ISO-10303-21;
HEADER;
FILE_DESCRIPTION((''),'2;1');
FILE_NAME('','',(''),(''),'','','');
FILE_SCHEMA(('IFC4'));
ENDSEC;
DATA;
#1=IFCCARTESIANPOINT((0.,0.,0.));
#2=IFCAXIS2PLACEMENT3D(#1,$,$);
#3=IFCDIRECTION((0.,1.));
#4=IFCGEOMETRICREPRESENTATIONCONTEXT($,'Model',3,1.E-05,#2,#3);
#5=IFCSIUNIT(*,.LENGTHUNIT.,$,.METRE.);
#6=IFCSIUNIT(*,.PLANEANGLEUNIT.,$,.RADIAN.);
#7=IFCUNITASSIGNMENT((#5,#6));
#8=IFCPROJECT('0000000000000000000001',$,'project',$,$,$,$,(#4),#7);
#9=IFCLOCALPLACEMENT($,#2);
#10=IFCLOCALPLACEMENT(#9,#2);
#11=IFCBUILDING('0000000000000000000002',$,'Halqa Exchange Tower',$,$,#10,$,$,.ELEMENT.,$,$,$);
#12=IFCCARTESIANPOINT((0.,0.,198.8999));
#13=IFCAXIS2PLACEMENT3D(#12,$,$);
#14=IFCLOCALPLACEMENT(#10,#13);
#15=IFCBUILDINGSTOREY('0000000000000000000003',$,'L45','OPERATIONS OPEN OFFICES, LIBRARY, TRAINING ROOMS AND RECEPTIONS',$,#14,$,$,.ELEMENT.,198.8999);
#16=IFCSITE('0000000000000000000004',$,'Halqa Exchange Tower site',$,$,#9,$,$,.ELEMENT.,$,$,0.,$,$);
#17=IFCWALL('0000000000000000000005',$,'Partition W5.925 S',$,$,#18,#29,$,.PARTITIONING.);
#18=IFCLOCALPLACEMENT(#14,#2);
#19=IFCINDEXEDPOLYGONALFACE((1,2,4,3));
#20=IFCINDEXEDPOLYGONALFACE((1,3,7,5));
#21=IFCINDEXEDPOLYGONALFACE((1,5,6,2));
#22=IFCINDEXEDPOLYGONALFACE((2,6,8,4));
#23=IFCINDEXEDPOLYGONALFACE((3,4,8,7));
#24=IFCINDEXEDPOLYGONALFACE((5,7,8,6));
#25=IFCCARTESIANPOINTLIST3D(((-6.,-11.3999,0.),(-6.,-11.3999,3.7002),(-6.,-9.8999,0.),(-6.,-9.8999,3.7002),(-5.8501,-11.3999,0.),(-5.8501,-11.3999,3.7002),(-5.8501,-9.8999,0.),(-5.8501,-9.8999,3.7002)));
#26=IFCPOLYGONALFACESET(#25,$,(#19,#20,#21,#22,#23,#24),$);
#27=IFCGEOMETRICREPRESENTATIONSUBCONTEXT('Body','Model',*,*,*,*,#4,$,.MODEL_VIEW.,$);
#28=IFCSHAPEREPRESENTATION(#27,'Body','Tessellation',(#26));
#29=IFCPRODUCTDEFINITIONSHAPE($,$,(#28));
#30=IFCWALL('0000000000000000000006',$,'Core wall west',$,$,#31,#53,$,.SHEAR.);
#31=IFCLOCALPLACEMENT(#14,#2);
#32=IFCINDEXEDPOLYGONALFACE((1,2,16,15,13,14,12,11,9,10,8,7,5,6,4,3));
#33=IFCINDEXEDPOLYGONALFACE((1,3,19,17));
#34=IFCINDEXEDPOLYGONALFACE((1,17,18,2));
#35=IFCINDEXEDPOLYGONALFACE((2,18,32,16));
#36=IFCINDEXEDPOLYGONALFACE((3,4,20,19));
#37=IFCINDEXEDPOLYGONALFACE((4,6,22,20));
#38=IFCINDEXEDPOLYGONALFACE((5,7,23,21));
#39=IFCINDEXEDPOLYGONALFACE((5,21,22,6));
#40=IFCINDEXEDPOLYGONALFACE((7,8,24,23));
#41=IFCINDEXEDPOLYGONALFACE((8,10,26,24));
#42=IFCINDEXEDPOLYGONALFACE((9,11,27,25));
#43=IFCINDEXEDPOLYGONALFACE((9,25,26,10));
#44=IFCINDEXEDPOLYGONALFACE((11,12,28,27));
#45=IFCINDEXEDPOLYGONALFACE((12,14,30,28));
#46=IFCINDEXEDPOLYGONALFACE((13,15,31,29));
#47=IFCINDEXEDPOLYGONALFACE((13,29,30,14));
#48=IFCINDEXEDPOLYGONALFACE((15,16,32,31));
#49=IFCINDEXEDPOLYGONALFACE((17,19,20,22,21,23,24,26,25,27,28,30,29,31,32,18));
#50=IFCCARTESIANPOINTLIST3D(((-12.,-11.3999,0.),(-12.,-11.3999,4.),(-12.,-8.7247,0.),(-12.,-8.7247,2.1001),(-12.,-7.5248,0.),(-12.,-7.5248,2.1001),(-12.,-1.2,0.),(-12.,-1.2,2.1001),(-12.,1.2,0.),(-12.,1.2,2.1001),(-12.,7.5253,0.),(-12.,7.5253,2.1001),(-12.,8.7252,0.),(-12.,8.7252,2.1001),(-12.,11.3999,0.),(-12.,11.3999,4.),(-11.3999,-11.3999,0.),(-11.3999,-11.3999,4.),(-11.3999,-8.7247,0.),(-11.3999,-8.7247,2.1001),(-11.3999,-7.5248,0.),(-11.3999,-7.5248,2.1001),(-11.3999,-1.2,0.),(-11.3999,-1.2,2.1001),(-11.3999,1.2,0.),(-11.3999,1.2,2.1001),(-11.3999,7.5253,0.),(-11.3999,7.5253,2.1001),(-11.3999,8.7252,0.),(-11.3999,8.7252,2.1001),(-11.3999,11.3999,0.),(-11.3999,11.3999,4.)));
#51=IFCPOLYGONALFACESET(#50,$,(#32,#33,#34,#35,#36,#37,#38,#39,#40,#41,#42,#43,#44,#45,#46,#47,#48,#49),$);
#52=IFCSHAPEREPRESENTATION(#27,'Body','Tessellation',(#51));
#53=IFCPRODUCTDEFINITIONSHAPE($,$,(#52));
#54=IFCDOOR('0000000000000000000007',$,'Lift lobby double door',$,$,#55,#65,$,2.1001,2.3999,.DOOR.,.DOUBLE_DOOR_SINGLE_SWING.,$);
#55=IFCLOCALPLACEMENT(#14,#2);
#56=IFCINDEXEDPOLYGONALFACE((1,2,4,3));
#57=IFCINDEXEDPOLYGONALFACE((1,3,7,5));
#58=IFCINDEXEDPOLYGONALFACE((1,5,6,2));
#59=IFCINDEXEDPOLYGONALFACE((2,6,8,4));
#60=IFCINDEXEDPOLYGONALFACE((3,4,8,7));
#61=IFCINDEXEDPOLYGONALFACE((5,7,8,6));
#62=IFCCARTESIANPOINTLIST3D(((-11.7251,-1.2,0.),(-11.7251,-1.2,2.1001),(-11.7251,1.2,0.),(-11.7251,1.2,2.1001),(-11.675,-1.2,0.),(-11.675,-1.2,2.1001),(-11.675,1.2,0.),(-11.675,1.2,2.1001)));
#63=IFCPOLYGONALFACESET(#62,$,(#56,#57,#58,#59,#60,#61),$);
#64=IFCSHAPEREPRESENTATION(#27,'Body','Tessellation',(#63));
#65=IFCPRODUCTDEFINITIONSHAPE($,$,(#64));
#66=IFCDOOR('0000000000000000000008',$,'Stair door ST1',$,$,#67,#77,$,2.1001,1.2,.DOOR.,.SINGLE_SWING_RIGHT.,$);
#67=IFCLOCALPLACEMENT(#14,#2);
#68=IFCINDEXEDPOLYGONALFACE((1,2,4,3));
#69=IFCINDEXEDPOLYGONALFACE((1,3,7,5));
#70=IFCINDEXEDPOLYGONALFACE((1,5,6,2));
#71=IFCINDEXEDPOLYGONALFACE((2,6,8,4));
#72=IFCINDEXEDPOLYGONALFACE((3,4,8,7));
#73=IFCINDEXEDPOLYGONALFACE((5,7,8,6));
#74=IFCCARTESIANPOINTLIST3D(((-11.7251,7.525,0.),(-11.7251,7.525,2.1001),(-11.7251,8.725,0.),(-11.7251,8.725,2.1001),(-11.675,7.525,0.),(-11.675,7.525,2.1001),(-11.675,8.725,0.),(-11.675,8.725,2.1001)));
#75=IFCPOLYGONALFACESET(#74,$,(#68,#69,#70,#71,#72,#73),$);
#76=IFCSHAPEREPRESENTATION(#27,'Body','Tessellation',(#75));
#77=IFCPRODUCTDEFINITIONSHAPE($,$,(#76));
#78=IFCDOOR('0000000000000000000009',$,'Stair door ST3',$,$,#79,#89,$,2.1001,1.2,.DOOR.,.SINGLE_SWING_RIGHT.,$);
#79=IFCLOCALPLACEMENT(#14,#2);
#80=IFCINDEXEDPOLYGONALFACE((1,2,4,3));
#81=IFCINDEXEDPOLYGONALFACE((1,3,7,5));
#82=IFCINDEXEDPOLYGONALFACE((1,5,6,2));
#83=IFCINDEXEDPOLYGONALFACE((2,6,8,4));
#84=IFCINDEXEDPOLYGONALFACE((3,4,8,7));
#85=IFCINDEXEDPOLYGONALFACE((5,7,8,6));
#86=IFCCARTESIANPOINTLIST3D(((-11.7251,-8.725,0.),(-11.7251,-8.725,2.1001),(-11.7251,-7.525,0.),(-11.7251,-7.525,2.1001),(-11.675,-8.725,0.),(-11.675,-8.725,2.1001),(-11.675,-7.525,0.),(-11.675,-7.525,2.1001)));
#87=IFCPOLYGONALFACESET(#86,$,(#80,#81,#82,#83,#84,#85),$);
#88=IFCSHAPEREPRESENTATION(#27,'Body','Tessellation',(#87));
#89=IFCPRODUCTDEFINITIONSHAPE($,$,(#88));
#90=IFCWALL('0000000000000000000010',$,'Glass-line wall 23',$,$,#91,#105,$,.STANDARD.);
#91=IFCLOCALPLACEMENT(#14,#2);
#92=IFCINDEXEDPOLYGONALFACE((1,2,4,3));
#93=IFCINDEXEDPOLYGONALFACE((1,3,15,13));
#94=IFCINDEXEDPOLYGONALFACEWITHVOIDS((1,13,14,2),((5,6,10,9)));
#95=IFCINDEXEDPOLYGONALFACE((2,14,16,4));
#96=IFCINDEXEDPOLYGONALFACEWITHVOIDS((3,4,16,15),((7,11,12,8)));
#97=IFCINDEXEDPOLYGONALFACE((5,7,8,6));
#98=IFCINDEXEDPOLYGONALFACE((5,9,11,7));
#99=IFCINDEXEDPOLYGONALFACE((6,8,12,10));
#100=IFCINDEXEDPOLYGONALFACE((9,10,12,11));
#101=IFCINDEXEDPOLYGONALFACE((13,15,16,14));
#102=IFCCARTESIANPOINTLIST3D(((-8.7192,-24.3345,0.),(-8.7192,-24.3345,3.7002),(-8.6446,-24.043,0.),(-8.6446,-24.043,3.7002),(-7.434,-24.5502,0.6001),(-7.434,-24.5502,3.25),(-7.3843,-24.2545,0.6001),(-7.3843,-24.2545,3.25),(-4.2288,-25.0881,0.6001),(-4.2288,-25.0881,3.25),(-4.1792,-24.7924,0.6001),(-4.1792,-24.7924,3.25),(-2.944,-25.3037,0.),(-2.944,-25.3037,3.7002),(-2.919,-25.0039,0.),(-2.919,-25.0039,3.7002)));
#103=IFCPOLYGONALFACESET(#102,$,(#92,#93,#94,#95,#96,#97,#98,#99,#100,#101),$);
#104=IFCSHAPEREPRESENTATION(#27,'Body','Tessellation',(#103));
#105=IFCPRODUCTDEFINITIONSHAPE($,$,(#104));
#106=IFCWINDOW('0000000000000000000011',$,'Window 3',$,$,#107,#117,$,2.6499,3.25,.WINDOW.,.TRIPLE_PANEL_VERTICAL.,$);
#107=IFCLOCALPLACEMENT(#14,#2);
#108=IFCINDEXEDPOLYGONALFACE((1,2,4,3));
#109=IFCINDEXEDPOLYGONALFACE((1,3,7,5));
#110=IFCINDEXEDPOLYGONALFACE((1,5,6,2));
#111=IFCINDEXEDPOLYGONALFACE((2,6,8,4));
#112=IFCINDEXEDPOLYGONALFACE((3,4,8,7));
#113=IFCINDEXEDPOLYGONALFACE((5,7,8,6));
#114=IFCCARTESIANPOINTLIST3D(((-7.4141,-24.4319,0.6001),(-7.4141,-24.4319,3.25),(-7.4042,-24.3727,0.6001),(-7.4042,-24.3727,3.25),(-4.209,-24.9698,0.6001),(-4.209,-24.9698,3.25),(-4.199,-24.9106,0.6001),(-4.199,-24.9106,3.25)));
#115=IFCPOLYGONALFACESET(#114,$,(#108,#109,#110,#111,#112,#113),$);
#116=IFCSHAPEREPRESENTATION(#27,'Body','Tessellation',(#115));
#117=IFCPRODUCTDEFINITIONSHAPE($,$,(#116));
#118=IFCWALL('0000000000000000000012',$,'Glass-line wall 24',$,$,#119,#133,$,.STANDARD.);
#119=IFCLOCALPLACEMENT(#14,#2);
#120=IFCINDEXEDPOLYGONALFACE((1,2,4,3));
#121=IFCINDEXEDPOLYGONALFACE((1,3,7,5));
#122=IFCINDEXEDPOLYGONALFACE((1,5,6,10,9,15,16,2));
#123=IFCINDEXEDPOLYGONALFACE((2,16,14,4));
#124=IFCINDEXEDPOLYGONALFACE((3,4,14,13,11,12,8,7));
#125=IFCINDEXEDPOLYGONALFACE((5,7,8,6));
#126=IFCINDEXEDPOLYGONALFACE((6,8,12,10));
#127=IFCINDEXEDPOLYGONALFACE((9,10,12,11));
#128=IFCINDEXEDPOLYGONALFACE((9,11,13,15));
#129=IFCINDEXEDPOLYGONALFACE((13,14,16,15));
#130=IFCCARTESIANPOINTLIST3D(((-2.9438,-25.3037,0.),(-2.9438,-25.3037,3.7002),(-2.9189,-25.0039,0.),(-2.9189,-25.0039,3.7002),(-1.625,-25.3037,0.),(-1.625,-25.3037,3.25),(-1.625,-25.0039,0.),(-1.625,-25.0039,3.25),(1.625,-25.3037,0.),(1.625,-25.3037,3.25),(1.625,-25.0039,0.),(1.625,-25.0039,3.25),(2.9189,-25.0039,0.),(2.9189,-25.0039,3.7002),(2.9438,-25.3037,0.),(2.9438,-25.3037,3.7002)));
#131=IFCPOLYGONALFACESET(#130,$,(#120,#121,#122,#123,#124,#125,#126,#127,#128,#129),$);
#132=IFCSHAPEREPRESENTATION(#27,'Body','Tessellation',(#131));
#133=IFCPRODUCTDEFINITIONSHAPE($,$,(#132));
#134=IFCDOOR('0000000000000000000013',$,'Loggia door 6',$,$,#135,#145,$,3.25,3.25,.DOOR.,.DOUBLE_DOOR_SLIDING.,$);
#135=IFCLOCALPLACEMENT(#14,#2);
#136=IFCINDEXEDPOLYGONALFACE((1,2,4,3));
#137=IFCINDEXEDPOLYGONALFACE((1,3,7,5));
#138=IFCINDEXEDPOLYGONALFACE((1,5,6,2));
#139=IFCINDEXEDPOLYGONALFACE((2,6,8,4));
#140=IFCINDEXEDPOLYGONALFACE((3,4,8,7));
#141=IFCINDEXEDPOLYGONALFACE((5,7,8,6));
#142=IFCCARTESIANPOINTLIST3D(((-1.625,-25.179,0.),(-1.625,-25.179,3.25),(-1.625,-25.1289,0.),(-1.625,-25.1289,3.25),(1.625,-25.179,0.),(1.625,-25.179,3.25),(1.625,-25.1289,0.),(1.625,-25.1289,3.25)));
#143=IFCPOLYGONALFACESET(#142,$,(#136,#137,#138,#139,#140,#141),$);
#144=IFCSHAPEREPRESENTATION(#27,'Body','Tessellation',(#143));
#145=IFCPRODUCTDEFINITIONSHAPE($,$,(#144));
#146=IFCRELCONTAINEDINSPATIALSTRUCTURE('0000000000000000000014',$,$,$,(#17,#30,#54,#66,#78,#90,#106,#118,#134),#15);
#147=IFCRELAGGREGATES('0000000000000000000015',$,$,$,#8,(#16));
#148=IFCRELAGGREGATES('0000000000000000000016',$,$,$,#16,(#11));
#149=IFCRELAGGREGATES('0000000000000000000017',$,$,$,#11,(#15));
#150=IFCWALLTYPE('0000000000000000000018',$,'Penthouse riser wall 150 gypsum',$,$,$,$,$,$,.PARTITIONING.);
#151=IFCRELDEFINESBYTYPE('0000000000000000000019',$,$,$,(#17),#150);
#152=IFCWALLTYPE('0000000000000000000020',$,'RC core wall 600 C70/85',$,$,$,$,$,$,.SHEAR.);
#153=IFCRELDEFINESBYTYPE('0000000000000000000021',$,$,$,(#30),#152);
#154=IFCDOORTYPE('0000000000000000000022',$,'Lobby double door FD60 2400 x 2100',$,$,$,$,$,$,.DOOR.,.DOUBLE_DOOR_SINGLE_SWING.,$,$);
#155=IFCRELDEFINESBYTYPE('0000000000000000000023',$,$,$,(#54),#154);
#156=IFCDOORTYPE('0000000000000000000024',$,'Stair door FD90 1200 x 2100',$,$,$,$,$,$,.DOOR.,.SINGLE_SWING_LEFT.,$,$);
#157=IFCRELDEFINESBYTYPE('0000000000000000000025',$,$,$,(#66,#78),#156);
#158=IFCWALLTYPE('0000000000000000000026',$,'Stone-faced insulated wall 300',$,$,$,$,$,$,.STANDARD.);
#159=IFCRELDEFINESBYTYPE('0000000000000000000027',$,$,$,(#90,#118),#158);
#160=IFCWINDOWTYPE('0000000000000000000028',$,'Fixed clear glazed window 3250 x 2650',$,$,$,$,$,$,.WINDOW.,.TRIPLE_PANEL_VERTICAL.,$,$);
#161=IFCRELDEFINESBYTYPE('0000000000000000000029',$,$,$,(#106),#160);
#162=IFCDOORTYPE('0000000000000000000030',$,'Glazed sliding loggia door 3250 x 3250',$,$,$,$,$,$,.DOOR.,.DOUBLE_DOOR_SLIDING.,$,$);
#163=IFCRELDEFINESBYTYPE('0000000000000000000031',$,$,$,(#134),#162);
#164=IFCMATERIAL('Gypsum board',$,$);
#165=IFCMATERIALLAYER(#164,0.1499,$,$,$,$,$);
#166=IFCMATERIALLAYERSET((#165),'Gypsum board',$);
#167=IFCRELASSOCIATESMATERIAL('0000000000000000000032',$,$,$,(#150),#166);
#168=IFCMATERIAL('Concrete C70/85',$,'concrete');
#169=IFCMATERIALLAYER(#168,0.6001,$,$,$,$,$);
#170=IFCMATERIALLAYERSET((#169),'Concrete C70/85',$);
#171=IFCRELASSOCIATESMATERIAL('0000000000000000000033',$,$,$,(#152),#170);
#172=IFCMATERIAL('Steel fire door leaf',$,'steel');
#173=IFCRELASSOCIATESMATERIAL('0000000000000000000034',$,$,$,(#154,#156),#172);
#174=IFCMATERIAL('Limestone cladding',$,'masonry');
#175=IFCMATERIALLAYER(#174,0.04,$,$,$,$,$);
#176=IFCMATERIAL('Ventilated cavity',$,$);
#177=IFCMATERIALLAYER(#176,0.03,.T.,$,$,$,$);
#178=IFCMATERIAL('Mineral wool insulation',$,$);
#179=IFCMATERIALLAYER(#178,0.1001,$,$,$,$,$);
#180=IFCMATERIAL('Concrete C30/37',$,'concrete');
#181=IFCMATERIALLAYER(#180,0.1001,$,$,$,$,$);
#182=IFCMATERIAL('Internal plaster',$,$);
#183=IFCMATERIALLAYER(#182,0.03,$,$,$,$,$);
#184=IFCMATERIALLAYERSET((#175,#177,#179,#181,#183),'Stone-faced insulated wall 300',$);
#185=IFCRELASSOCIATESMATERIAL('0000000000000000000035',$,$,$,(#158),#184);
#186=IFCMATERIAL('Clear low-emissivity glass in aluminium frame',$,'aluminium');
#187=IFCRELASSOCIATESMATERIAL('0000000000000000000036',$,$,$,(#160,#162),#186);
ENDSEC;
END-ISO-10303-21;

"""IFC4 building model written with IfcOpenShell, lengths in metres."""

from ifc_helpers import new_model, si_unit, direction, frame, frame_2d, origin, place, context, subcontext, project, spatial, polyline, rectangle, outline, extrude, material, layer, layer_set, type_object, element, fill, save


model = new_model("IFC4")

# Units and contexts
model_context = context("Model", 3, precision=1e-05, world=origin(), true_north=direction((0.0, 1.0)))
body_context = subcontext(model_context, "Body", "Model", "MODEL_VIEW")
ifc_project = project(units=[si_unit("LENGTHUNIT", "METRE"), si_unit("PLANEANGLEUNIT", "RADIAN")], contexts=[model_context])

# Site, building, storey
site_placement = place(None, origin())
site = spatial("IfcSite", under=ifc_project, at=site_placement, Name="Halqa Exchange Tower site", CompositionType="ELEMENT", RefElevation=0.0)
building_placement = place(site_placement, origin())
building = spatial("IfcBuilding", under=site, at=building_placement, Name="Halqa Exchange Tower", CompositionType="ELEMENT")
storey_placement = place(building_placement, frame((0.0, 0.0, 198.8999)))
storey = spatial("IfcBuildingStorey", under=building, at=storey_placement, Name="L45", Description="OPERATIONS OPEN OFFICES, LIBRARY, TRAINING ROOMS AND RECEPTIONS", CompositionType="ELEMENT", Elevation=198.8999)

# Shared definitions
ifc_material_1 = material(Name="Steel fire door leaf", Category="steel")

# Wall
ifc_material_2 = material(Name="Gypsum board")
ifc_layer_1 = layer(ifc_material_2, 0.1499)
ifc_layer_set_1 = layer_set([ifc_layer_1], Name="Gypsum board")
wall_type_1 = type_object("IfcWallType", Name="Penthouse riser wall 150 gypsum", PredefinedType="PARTITIONING", material=ifc_layer_set_1)
wall_1_placement = place(storey_placement, frame((-5.925, -11.3999, 0.0), z_axis=(0.0, 0.0, 1.0), x_axis=(0.0, 1.0, 0.0)))
element("IfcWall", 1, at=wall_1_placement, inside=storey, type_object=wall_type_1, Name="Partition W5.925 S", PredefinedType="PARTITIONING", context=body_context, shape_type="SweptSolid", body=[
    extrude(rectangle(XDim=1.5, YDim=0.1499, at=frame_2d((0.75, 0.0))), origin(), (0.0, 0.0, 1.0), 3.7002),
])

# Wall, openings, doors
ifc_material_3 = material(Name="Concrete C70/85", Category="concrete")
ifc_layer_2 = layer(ifc_material_3, 0.6001)
ifc_layer_set_2 = layer_set([ifc_layer_2], Name="Concrete C70/85")
wall_type_2 = type_object("IfcWallType", Name="RC core wall 600 C70/85", PredefinedType="SHEAR", material=ifc_layer_set_2)
wall_2_placement = place(storey_placement, frame((-11.7, -11.3999, 0.0), z_axis=(0.0, 0.0, 1.0), x_axis=(0.0, 1.0, 0.0)))
wall_2 = element("IfcWall", 2, at=wall_2_placement, inside=storey, type_object=wall_type_2, Name="Core wall west", PredefinedType="SHEAR", context=body_context, shape_type="SweptSolid", body=[
    extrude(rectangle(XDim=22.7998, YDim=0.6001, at=frame_2d((11.3999, 0.0))), origin(), (0.0, 0.0, 1.0), 4.0),
])
opening_1_placement = place(wall_2_placement, frame((10.2, 0.0, 0.0)))
opening_1 = element("IfcOpeningElement", 3, at=opening_1_placement, cuts=wall_2, PredefinedType="OPENING", context=body_context, shape_type="SweptSolid", body=[
    extrude(rectangle(XDim=2.3999, YDim=2.1001, at=frame_2d((1.2, 1.05))), frame((0.0, 0.312, 0.0), z_axis=(0.0, -1.0, 0.0), x_axis=(1.0, 0.0, 0.0)), (0.0, 0.0, 1.0), 0.624),
])
opening_2_placement = place(wall_2_placement, frame((18.925, 0.0, 0.0)))
opening_2 = element("IfcOpeningElement", 4, at=opening_2_placement, cuts=wall_2, PredefinedType="OPENING", context=body_context, shape_type="SweptSolid", body=[
    extrude(rectangle(XDim=1.2, YDim=2.1001, at=frame_2d((0.6001, 1.05))), frame((0.0, 0.312, 0.0), z_axis=(0.0, -1.0, 0.0), x_axis=(1.0, 0.0, 0.0)), (0.0, 0.0, 1.0), 0.624),
])
opening_3_placement = place(wall_2_placement, frame((2.675, 0.0, 0.0)))
opening_3 = element("IfcOpeningElement", 5, at=opening_3_placement, cuts=wall_2, PredefinedType="OPENING", context=body_context, shape_type="SweptSolid", body=[
    extrude(rectangle(XDim=1.2, YDim=2.1001, at=frame_2d((0.6001, 1.05))), frame((0.0, 0.312, 0.0), z_axis=(0.0, -1.0, 0.0), x_axis=(1.0, 0.0, 0.0)), (0.0, 0.0, 1.0), 0.624),
])
door_type_1 = type_object("IfcDoorType", Name="Lobby double door FD60 2400 x 2100", OperationType="DOUBLE_DOOR_SINGLE_SWING", PredefinedType="DOOR", material=ifc_material_1)
door_1_placement = place(opening_1_placement, frame((2.3999, 0.0, 0.0), z_axis=(0.0, 0.0, 1.0), x_axis=(-1.0, 0.0, 0.0)))
door_1 = element("IfcDoor", 6, at=door_1_placement, inside=storey, type_object=door_type_1, Name="Lift lobby double door", OperationType="DOUBLE_DOOR_SINGLE_SWING", OverallHeight=2.1001, OverallWidth=2.3999, PredefinedType="DOOR", context=body_context, shape_type="SweptSolid", body=[
    extrude(rectangle(XDim=2.3999, YDim=2.1001, at=frame_2d((1.2, 1.05))), frame((0.0, 0.0249, 0.0), z_axis=(0.0, -1.0, 0.0), x_axis=(1.0, 0.0, 0.0)), (0.0, 0.0, 1.0), 0.05),
])
fill(opening_1, door_1)
door_type_2 = type_object("IfcDoorType", Name="Stair door FD90 1200 x 2100", OperationType="SINGLE_SWING_LEFT", PredefinedType="DOOR", material=ifc_material_1)
door_2_placement = place(opening_2_placement, frame((1.2, 0.0, 0.0), z_axis=(0.0, 0.0, 1.0), x_axis=(-1.0, 0.0, 0.0)))
door_2 = element("IfcDoor", 7, at=door_2_placement, inside=storey, type_object=door_type_2, Name="Stair door ST1", OperationType="SINGLE_SWING_RIGHT", OverallHeight=2.1001, OverallWidth=1.2, PredefinedType="DOOR", context=body_context, shape_type="SweptSolid", body=[
    extrude(rectangle(XDim=1.2, YDim=2.1001, at=frame_2d((0.6001, 1.05))), frame((0.0, 0.0249, 0.0), z_axis=(0.0, -1.0, 0.0), x_axis=(1.0, 0.0, 0.0)), (0.0, 0.0, 1.0), 0.05),
])
fill(opening_2, door_2)
door_3_placement = place(opening_3_placement, frame((1.2, 0.0, 0.0), z_axis=(0.0, 0.0, 1.0), x_axis=(-1.0, 0.0, 0.0)))
door_3 = element("IfcDoor", 8, at=door_3_placement, inside=storey, type_object=door_type_2, Name="Stair door ST3", OperationType="SINGLE_SWING_RIGHT", OverallHeight=2.1001, OverallWidth=1.2, PredefinedType="DOOR", context=body_context, shape_type="SweptSolid", body=[
    extrude(rectangle(XDim=1.2, YDim=2.1001, at=frame_2d((0.6001, 1.05))), frame((0.0, 0.0249, 0.0), z_axis=(0.0, -1.0, 0.0), x_axis=(1.0, 0.0, 0.0)), (0.0, 0.0, 1.0), 0.05),
])
fill(opening_3, door_3)

# Wall, opening, window
ifc_material_4 = material(Name="Limestone cladding", Category="masonry")
ifc_layer_3 = layer(ifc_material_4, 0.04)
ifc_material_5 = material(Name="Ventilated cavity")
ifc_layer_4 = layer(ifc_material_5, 0.03, ventilated=True)
ifc_material_6 = material(Name="Mineral wool insulation")
ifc_layer_5 = layer(ifc_material_6, 0.1001)
ifc_material_7 = material(Name="Concrete C30/37", Category="concrete")
ifc_layer_6 = layer(ifc_material_7, 0.1001)
ifc_material_8 = material(Name="Internal plaster")
ifc_layer_7 = layer(ifc_material_8, 0.03)
ifc_layer_set_3 = layer_set([ifc_layer_3, ifc_layer_4, ifc_layer_5, ifc_layer_6, ifc_layer_7], Name="Stone-faced insulated wall 300")
wall_type_3 = type_object("IfcWallType", Name="Stone-faced insulated wall 300", PredefinedType="STANDARD", material=ifc_layer_set_3)
wall_3_placement = place(storey_placement, frame((-8.6819, -24.1887, 0.0), z_axis=(0.0, 0.0, 1.0), x_axis=(0.986208, -0.165512, 0.0)))
wall_3 = element("IfcWall", 9, at=wall_3_placement, inside=storey, type_object=wall_type_3, Name="Glass-line wall 23", PredefinedType="STANDARD", context=body_context, shape_type="SweptSolid", body=[
    extrude(outline(polyline([(-0.0127, -0.1499), (5.8433, -0.1499), (5.8184, 0.1499), (0.0127, 0.1499), (-0.0127, -0.1499)])), origin(), (0.0, 0.0, 1.0), 3.7002),
])
opening_4_placement = place(wall_3_placement, frame((1.2905, 0.0, 0.6001)))
opening_4 = element("IfcOpeningElement", 10, at=opening_4_placement, cuts=wall_3, PredefinedType="OPENING", context=body_context, shape_type="SweptSolid", body=[
    extrude(rectangle(XDim=3.25, YDim=2.6499, at=frame_2d((1.625, 1.325))), frame((0.0, 0.1621, 0.0), z_axis=(0.0, -1.0, 0.0), x_axis=(1.0, 0.0, 0.0)), (0.0, 0.0, 1.0), 0.324),
])
ifc_material_9 = material(Name="Clear low-emissivity glass in aluminium frame", Category="aluminium")
window_type = type_object("IfcWindowType", Name="Fixed clear glazed window 3250 x 2650", PartitioningType="TRIPLE_PANEL_VERTICAL", PredefinedType="WINDOW", material=ifc_material_9)
window_placement = place(opening_4_placement, origin())
window = element("IfcWindow", 11, at=window_placement, inside=storey, type_object=window_type, Name="Window 3", OverallHeight=2.6499, OverallWidth=3.25, PartitioningType="TRIPLE_PANEL_VERTICAL", PredefinedType="WINDOW", context=body_context, shape_type="SweptSolid", body=[
    extrude(rectangle(XDim=3.25, YDim=2.6499, at=frame_2d((1.625, 1.325))), frame((0.0, 0.03, 0.0), z_axis=(0.0, -1.0, 0.0), x_axis=(1.0, 0.0, 0.0)), (0.0, 0.0, 1.0), 0.0601),
])
fill(opening_4, window)

# Wall, opening, door
wall_4_placement = place(storey_placement, frame((-2.9314, -25.1538, 0.0), z_axis=(0.0, 0.0, 1.0), x_axis=(1.0, 0.0, 0.0)))
wall_4 = element("IfcWall", 12, at=wall_4_placement, inside=storey, type_object=wall_type_3, Name="Glass-line wall 24", PredefinedType="STANDARD", context=body_context, shape_type="SweptSolid", body=[
    extrude(outline(polyline([(-0.0125, -0.1499), (5.8752, -0.1499), (5.8503, 0.1499), (0.0125, 0.1499), (-0.0125, -0.1499)])), origin(), (0.0, 0.0, 1.0), 3.7002),
])
opening_5_placement = place(wall_4_placement, frame((1.3064, 0.0, 0.0)))
opening_5 = element("IfcOpeningElement", 13, at=opening_5_placement, cuts=wall_4, PredefinedType="OPENING", context=body_context, shape_type="SweptSolid", body=[
    extrude(rectangle(XDim=3.25, YDim=3.25, at=frame_2d((1.625, 1.625))), frame((0.0, 0.1621, 0.0), z_axis=(0.0, -1.0, 0.0), x_axis=(1.0, 0.0, 0.0)), (0.0, 0.0, 1.0), 0.324),
])
door_type_3 = type_object("IfcDoorType", Name="Glazed sliding loggia door 3250 x 3250", OperationType="DOUBLE_DOOR_SLIDING", PredefinedType="DOOR", material=ifc_material_9)
door_4_placement = place(opening_5_placement, origin())
door_4 = element("IfcDoor", 14, at=door_4_placement, inside=storey, type_object=door_type_3, Name="Loggia door 6", OperationType="DOUBLE_DOOR_SLIDING", OverallHeight=3.25, OverallWidth=3.25, PredefinedType="DOOR", context=body_context, shape_type="SweptSolid", body=[
    extrude(rectangle(XDim=3.25, YDim=3.25, at=frame_2d((1.625, 1.625))), frame((0.0, 0.0249, 0.0), z_axis=(0.0, -1.0, 0.0), x_axis=(1.0, 0.0, 0.0)), (0.0, 0.0, 1.0), 0.05),
])
fill(opening_5, door_4)

save(model, "model.ifc")
